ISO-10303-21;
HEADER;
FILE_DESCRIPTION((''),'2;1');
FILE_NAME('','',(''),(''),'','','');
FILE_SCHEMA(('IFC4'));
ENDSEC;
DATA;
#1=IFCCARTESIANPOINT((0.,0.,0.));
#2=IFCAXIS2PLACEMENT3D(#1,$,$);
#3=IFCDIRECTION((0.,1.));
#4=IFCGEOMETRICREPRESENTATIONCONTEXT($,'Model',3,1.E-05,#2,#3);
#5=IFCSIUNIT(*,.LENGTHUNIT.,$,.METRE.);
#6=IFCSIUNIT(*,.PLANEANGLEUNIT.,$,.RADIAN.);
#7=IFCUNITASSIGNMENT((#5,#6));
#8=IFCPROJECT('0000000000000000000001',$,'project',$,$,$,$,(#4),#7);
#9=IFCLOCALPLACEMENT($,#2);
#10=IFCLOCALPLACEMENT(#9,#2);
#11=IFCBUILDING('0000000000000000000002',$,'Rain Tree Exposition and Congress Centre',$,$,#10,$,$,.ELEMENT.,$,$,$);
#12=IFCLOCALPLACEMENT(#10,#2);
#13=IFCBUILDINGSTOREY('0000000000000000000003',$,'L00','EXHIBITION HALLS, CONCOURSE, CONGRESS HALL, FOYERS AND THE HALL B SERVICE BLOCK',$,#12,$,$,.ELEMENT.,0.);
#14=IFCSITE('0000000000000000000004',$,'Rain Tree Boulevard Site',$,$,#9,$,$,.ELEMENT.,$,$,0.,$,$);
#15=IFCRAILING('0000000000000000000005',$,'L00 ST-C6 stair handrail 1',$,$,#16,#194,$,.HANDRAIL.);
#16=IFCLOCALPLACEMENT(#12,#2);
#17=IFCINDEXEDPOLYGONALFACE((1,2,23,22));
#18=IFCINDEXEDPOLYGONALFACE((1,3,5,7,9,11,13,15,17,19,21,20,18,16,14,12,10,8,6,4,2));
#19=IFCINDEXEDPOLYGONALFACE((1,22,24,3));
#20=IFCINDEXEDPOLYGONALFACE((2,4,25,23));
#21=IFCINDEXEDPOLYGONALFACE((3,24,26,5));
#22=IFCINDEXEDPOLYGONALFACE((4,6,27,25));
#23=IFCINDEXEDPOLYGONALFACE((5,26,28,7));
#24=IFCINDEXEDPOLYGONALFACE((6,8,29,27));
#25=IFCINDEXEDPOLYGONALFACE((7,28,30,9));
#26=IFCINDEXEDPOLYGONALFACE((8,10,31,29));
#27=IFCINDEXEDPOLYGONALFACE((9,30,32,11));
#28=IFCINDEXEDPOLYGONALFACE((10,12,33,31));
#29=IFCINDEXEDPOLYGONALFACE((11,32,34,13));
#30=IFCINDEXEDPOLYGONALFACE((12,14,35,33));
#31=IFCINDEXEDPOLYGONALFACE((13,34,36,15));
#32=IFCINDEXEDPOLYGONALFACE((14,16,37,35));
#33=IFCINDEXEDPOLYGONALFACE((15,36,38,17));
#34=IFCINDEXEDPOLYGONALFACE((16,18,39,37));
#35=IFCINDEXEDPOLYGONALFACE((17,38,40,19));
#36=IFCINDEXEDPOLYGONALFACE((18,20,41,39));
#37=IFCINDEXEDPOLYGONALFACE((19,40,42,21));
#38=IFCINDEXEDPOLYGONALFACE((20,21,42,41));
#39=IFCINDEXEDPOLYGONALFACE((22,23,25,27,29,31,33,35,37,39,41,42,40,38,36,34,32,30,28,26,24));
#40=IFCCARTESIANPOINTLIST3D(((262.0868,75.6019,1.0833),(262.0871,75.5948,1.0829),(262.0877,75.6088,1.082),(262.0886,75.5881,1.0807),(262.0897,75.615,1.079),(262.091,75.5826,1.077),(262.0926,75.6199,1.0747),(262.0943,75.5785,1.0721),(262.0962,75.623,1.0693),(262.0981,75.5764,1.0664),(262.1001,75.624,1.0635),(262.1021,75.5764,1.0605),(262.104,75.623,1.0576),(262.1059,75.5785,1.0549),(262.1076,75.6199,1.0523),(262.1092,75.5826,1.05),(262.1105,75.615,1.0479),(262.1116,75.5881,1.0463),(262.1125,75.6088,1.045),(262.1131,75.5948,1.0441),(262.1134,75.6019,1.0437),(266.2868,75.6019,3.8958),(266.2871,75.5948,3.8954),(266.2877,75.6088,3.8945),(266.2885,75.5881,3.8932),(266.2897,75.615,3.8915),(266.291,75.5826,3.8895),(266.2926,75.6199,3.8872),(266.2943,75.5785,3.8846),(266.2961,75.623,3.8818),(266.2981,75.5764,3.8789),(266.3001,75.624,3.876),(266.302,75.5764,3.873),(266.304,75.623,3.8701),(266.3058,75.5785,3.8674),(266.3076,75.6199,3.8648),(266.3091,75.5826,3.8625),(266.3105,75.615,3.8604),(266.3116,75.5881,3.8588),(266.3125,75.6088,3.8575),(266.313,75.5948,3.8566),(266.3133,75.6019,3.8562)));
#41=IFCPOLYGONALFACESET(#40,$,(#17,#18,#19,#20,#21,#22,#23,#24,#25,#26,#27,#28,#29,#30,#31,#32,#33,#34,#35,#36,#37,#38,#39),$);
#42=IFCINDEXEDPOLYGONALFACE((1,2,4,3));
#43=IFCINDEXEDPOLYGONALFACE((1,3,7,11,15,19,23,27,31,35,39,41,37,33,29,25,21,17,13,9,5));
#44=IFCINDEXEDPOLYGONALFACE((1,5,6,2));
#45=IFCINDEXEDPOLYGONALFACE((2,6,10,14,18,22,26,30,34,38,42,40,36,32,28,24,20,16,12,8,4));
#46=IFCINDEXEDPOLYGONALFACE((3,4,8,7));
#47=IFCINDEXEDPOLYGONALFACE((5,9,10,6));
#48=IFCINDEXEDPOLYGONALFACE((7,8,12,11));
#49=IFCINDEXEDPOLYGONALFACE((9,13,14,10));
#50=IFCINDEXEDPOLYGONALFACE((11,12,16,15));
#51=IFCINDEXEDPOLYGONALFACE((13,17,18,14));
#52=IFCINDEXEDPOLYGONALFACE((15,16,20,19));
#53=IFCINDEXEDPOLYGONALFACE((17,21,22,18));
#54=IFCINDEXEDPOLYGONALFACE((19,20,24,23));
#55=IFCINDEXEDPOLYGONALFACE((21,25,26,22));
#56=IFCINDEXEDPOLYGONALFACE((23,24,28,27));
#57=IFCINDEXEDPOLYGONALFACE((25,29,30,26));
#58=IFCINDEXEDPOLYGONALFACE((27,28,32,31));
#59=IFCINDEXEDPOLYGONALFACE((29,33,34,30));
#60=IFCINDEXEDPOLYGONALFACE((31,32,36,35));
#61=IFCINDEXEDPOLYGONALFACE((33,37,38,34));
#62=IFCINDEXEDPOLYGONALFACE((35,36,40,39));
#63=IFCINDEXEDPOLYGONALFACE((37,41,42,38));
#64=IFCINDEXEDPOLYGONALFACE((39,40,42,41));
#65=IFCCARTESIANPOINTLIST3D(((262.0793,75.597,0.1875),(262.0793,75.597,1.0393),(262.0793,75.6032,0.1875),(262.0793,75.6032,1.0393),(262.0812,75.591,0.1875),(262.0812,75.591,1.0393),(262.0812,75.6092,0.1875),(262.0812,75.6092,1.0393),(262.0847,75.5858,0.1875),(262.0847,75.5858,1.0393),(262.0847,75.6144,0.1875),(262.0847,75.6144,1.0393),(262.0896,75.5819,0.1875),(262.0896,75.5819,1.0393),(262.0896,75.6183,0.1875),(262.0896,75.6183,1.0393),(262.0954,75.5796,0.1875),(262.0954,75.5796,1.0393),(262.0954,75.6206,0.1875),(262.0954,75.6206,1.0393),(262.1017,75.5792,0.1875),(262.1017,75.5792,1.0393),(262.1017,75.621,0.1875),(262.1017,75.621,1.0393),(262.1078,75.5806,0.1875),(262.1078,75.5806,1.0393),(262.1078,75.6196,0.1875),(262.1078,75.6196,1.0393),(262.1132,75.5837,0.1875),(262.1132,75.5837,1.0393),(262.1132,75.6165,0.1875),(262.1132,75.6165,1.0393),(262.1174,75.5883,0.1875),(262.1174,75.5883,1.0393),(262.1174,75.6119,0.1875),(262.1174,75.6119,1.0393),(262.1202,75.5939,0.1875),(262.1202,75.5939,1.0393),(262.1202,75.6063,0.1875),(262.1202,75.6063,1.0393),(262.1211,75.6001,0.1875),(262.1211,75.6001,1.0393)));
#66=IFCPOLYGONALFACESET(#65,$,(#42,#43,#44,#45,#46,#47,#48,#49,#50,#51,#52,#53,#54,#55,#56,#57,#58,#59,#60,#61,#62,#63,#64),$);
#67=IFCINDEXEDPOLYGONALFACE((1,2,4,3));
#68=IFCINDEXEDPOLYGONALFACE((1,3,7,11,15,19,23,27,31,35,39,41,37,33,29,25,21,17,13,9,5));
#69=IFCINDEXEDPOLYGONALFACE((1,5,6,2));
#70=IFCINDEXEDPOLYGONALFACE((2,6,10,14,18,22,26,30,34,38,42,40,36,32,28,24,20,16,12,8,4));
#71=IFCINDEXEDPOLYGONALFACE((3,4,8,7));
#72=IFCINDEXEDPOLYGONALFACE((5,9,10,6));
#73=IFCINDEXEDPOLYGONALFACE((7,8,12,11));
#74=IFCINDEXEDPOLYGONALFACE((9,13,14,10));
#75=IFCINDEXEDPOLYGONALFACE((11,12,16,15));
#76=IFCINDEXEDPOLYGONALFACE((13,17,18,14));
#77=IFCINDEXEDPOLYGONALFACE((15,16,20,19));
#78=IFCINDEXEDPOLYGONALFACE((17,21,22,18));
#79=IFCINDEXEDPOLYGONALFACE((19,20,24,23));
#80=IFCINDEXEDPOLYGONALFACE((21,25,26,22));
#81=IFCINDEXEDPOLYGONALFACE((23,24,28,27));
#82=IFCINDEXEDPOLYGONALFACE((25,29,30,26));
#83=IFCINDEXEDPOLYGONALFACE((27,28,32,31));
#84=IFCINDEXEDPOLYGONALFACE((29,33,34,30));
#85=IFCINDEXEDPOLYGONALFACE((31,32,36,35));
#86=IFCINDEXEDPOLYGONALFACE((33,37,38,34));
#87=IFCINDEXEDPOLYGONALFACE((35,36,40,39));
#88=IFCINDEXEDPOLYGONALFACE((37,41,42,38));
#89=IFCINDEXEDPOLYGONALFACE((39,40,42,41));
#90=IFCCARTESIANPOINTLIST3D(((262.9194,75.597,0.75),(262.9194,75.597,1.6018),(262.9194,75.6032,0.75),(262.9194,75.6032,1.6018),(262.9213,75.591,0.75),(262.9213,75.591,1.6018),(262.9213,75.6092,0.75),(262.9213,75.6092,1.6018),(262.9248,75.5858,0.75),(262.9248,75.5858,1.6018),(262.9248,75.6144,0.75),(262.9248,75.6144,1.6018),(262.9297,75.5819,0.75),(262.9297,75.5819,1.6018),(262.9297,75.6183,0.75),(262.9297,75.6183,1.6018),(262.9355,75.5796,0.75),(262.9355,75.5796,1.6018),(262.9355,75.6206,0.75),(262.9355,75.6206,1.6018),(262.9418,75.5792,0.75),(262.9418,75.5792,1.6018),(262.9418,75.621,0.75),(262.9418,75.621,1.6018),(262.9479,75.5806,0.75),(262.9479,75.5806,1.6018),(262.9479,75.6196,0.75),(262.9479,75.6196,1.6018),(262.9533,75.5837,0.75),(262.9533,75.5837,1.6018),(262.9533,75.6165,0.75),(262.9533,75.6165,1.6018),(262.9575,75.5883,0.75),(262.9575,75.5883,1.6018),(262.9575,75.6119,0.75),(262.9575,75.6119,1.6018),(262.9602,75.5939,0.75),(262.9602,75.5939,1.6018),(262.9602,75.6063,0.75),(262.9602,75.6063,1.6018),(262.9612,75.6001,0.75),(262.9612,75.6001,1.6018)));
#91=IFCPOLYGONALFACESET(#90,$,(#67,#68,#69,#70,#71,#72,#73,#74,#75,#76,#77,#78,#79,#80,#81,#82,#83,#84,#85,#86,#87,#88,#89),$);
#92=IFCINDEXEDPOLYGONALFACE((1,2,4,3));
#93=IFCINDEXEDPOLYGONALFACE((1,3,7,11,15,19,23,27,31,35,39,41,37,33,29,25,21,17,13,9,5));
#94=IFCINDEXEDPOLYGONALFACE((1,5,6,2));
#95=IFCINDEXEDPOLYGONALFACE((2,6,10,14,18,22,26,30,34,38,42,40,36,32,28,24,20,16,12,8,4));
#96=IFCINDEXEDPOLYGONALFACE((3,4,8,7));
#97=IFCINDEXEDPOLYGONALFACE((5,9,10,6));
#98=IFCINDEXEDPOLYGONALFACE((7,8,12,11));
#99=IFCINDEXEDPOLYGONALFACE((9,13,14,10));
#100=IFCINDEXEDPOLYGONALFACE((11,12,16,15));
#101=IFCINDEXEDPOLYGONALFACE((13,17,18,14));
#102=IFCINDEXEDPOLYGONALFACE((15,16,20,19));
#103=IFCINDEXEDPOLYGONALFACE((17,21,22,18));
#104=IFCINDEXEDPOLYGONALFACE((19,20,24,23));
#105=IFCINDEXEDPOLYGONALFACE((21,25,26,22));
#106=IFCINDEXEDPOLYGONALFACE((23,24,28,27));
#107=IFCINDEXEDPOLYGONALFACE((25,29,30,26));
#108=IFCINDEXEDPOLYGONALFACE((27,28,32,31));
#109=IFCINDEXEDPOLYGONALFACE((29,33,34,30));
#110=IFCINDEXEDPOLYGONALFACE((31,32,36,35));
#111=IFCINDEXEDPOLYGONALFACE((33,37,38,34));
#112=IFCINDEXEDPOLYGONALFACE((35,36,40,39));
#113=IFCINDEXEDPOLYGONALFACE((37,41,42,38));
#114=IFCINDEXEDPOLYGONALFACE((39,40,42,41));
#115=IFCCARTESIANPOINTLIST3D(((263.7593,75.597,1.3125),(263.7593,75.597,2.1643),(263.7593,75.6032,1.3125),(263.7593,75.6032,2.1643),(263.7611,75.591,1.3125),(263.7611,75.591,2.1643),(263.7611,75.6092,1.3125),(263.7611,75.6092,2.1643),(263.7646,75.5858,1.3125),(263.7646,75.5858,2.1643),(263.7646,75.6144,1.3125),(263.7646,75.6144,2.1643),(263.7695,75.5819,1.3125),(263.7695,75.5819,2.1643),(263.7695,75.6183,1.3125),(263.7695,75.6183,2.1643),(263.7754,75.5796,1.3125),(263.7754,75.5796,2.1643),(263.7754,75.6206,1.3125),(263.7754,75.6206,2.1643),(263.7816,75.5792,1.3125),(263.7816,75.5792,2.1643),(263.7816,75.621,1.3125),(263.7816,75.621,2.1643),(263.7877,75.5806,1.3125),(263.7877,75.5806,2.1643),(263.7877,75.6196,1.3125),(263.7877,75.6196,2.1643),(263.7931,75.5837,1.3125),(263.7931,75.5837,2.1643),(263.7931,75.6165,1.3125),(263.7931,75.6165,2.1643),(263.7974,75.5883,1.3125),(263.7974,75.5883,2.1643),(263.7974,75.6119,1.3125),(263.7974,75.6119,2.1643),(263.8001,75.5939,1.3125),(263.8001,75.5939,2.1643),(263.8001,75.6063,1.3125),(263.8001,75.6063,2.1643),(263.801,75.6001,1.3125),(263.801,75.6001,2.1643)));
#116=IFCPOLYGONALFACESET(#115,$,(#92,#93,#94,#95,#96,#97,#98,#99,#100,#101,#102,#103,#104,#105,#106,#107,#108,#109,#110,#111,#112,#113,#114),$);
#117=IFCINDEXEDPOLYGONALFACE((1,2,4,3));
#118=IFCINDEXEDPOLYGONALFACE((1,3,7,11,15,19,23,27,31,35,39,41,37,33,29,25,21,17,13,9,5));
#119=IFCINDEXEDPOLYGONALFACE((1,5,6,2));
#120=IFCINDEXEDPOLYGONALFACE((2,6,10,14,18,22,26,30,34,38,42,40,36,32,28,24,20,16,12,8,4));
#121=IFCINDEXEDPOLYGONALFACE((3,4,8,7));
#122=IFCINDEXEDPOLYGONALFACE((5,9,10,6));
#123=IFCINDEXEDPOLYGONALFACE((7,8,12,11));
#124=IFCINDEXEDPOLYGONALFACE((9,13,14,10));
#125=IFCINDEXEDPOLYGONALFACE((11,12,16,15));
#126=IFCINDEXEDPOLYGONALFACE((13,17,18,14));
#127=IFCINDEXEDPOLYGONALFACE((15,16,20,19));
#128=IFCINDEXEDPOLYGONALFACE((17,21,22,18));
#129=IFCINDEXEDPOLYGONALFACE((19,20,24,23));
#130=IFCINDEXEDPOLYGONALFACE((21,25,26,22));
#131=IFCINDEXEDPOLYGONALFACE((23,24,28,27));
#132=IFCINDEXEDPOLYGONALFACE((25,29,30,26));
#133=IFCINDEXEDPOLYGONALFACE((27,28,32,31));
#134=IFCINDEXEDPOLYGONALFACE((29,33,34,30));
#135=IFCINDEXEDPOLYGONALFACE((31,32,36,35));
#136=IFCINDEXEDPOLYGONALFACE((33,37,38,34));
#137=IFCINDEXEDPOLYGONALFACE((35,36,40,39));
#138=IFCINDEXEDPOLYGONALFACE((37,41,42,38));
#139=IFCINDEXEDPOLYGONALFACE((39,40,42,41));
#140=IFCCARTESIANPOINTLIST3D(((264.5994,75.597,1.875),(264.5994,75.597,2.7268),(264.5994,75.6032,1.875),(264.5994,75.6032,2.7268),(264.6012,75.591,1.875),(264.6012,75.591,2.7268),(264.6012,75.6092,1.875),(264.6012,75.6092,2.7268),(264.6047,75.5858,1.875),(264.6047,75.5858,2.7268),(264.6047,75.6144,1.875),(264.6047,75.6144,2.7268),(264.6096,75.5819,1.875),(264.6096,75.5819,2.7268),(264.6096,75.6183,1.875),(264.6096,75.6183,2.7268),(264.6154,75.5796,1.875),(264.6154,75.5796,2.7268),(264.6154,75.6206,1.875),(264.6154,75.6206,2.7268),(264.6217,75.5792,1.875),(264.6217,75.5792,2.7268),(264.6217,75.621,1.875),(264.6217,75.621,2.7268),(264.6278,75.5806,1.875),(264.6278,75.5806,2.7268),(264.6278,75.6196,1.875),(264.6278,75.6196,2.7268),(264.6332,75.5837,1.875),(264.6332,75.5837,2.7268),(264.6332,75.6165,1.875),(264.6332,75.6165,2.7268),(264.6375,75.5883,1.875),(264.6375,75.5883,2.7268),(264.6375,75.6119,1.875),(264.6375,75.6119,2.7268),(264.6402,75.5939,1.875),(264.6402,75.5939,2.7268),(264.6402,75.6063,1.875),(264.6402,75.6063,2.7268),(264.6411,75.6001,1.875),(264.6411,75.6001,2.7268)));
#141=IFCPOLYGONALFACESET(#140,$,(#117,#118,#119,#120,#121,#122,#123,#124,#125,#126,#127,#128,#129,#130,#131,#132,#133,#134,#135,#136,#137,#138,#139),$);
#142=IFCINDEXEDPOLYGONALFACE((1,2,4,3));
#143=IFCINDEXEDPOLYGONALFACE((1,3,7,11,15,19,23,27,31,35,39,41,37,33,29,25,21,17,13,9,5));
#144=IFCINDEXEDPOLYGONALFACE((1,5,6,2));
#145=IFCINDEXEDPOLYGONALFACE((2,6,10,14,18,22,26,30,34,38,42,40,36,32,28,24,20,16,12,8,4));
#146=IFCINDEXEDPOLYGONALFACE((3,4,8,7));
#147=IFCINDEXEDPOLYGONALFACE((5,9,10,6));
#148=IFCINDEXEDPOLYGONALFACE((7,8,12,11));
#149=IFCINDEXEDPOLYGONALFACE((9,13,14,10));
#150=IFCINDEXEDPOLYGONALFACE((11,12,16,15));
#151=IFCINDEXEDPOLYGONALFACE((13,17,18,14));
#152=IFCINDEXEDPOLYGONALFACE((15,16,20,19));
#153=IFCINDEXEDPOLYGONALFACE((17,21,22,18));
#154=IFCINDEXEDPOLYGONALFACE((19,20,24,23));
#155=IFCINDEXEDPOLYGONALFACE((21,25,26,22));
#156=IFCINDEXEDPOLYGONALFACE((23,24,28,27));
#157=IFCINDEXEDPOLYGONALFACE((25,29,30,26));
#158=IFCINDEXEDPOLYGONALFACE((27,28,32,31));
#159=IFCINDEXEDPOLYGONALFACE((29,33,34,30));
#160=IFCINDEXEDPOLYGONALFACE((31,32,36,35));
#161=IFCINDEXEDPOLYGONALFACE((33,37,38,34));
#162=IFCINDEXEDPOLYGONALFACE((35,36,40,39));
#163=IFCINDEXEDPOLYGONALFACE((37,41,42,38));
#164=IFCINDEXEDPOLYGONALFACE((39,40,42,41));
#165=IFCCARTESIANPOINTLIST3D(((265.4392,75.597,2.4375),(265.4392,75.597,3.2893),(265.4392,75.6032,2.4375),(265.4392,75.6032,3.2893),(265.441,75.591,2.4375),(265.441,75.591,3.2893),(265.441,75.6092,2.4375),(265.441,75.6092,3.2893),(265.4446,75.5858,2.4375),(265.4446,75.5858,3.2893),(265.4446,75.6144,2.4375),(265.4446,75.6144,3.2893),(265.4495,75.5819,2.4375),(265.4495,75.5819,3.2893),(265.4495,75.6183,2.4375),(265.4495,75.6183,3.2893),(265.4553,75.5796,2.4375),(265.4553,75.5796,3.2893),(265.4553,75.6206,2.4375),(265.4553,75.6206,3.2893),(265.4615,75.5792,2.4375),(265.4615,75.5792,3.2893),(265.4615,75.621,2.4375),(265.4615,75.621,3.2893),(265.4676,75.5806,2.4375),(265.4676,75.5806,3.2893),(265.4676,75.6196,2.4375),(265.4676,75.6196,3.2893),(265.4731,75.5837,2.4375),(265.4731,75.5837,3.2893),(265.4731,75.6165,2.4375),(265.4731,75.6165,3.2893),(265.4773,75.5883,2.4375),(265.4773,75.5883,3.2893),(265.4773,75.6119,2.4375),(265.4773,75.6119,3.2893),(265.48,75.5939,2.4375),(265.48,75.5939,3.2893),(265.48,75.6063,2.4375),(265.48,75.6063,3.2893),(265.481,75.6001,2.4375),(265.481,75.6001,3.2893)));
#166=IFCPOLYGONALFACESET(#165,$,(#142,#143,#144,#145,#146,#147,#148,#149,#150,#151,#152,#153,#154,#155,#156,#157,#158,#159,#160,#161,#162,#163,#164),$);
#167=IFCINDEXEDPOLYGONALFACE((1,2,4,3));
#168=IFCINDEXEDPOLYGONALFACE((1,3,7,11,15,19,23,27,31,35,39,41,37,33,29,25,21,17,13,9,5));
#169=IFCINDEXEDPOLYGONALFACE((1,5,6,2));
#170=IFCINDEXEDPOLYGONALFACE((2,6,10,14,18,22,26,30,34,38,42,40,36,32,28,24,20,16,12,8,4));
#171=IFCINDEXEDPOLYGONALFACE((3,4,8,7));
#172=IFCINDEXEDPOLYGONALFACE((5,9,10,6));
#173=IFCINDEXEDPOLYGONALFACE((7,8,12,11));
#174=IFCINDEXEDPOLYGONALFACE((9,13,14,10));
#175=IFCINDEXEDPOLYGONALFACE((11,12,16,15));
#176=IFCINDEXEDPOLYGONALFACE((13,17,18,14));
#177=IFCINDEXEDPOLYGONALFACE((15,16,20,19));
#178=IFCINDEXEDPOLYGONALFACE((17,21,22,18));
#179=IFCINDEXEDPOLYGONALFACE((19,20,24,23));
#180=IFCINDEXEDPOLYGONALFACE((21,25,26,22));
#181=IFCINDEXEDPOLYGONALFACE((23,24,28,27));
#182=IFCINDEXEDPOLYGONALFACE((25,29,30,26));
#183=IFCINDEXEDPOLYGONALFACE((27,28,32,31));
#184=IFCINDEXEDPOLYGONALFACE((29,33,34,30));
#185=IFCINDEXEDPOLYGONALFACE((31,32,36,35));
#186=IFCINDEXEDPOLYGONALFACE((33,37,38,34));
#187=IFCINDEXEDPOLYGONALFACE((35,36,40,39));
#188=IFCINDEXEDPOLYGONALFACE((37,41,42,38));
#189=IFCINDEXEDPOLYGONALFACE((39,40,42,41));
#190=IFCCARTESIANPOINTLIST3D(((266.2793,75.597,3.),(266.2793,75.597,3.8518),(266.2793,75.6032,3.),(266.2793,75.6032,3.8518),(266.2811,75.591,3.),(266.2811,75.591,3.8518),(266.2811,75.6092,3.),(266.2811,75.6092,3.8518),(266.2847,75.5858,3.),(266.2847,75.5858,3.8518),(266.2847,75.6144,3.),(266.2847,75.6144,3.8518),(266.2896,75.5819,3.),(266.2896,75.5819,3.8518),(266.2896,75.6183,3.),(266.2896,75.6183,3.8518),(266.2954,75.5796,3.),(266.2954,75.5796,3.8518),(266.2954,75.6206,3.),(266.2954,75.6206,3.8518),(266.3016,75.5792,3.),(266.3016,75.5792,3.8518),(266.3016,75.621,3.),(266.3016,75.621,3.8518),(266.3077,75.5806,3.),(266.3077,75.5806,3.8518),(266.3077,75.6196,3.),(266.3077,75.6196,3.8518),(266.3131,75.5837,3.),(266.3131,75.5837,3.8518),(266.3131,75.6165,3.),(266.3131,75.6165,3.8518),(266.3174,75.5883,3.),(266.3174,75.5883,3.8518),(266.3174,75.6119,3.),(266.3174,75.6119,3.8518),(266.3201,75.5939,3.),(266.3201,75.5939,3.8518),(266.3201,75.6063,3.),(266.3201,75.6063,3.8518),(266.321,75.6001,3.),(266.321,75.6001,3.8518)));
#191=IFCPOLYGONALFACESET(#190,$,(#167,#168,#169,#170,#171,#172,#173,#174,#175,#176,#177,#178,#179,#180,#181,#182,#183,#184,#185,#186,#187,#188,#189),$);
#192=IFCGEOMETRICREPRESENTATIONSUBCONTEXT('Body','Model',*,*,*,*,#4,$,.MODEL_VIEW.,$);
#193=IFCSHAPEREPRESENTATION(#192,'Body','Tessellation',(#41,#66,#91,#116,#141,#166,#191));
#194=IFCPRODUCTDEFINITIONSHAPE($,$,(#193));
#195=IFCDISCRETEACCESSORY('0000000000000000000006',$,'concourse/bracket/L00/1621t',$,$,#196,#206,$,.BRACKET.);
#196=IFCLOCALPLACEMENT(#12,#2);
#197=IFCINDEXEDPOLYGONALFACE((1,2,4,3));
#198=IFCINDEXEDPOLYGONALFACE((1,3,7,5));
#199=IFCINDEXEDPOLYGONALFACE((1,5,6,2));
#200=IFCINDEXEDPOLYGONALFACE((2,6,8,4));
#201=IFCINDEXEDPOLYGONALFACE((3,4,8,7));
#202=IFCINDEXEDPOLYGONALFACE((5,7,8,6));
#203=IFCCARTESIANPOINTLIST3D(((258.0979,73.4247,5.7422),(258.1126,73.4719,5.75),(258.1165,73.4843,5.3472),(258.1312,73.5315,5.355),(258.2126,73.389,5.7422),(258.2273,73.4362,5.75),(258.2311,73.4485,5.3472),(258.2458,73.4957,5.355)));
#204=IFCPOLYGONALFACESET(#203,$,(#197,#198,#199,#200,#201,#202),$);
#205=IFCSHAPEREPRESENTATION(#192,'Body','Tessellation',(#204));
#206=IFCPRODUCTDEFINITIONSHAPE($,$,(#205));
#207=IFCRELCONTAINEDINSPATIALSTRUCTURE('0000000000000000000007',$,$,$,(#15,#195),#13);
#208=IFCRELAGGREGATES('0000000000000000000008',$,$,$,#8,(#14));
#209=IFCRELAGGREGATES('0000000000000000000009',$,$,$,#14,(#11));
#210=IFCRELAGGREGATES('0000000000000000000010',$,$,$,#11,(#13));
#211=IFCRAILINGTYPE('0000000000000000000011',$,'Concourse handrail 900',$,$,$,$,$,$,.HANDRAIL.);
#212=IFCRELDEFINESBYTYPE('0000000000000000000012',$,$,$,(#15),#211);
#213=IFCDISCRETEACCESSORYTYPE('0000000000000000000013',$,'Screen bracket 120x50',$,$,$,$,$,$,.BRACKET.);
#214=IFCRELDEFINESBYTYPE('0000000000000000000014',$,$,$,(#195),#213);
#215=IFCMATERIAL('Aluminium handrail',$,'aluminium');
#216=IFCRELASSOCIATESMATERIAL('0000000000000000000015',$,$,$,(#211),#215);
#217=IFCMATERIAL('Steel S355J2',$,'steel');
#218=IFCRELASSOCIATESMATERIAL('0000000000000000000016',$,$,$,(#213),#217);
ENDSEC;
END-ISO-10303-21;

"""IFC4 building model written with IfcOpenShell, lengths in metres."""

from ifc_helpers import new_model, si_unit, direction, frame, origin, origin_2d, place, context, subcontext, project, spatial, rectangle, circle, extrude, material, material_profile, profile_set, type_object, element, save


model = new_model("IFC4")

# Units and contexts
model_context = context("Model", 3, precision=1e-05, world=origin(), true_north=direction((0.0, 1.0)))
body_context = subcontext(model_context, "Body", "Model", "MODEL_VIEW")
ifc_project = project(units=[si_unit("LENGTHUNIT", "METRE"), si_unit("PLANEANGLEUNIT", "RADIAN")], contexts=[model_context])

# Site, building, storey
site_placement = place(None, origin())
site = spatial("IfcSite", under=ifc_project, at=site_placement, Name="Rain Tree Boulevard Site", CompositionType="ELEMENT", RefElevation=0.0)
building_placement = place(site_placement, origin())
building = spatial("IfcBuilding", under=site, at=building_placement, Name="Rain Tree Exposition and Congress Centre", CompositionType="ELEMENT")
storey_placement = place(building_placement, origin())
storey = spatial("IfcBuildingStorey", under=building, at=storey_placement, Name="L00", Description="EXHIBITION HALLS, CONCOURSE, CONGRESS HALL, FOYERS AND THE HALL B SERVICE BLOCK", CompositionType="ELEMENT", Elevation=0.0)

# Railing
ifc_material_1 = material(Name="Aluminium handrail", Category="aluminium")
railing_type_1 = type_object("IfcRailingType", Name="Concourse handrail 900", PredefinedType="HANDRAIL", material=ifc_material_1)
railing_1_placement = place(storey_placement, frame((262.1001, 75.6001, 0.1875)))
element("IfcRailing", 1, at=railing_1_placement, inside=storey, type_object=railing_type_1, Name="L00 ST-C6 stair handrail 1", PredefinedType="HANDRAIL", context=body_context, shape_type="SweptSolid", body=[
    extrude(circle(Radius=0.0239, at=origin_2d()), frame((0.0, 0.0, 0.876), z_axis=(0.830904, 0.0, 0.556416), x_axis=(0.0, 1.0, 0.0)), (0.0, 0.0, 1.0), 5.0547),
    extrude(circle(Radius=0.021, at=origin_2d()), origin(), (0.0, 0.0, 1.0), 0.8518),
    extrude(circle(Radius=0.021, at=origin_2d()), frame((0.8401, 0.0, 0.5625)), (0.0, 0.0, 1.0), 0.8518),
    extrude(circle(Radius=0.021, at=origin_2d()), frame((1.6799, 0.0, 1.125)), (0.0, 0.0, 1.0), 0.8518),
    extrude(circle(Radius=0.021, at=origin_2d()), frame((2.52, 0.0, 1.6875)), (0.0, 0.0, 1.0), 0.8518),
    extrude(circle(Radius=0.021, at=origin_2d()), frame((3.3599, 0.0, 2.25)), (0.0, 0.0, 1.0), 0.8518),
    extrude(circle(Radius=0.021, at=origin_2d()), frame((4.2, 0.0, 2.8125)), (0.0, 0.0, 1.0), 0.8518),
])

# Discrete accessory
ifc_material_2 = material(Name="Steel S355J2", Category="steel")
ifc_material_profile_1 = material_profile(ifc_material_2, rectangle(XDim=0.1201, YDim=0.05, at=origin_2d()), Name="Flat bar 120x50")
ifc_profile_set_1 = profile_set([ifc_material_profile_1], Name="Steel S355J2")
discrete_accessory_type = type_object("IfcDiscreteAccessoryType", Name="Screen bracket 120x50", PredefinedType="BRACKET", material=ifc_profile_set_1)
for number, where, z_axis, x_axis, name in (
    (2, (258.1812, 73.49, 5.3511), (-0.046396, -0.148957, 0.987755), (0.954758, -0.297384, 0.0), "concourse/bracket/L00/1621t"),
):
    element("IfcDiscreteAccessory", number, at=place(storey_placement, frame(where, z_axis=z_axis, x_axis=x_axis)), inside=storey, type_object=discrete_accessory_type, Name=name, PredefinedType="BRACKET", context=body_context, shape_type="SweptSolid", body=[
        extrude(rectangle(XDim=0.1201, YDim=0.05, at=origin_2d()), origin(), (0.0, 0.0, 1.0), 0.3999),
    ])

save(model, "model.ifc")
